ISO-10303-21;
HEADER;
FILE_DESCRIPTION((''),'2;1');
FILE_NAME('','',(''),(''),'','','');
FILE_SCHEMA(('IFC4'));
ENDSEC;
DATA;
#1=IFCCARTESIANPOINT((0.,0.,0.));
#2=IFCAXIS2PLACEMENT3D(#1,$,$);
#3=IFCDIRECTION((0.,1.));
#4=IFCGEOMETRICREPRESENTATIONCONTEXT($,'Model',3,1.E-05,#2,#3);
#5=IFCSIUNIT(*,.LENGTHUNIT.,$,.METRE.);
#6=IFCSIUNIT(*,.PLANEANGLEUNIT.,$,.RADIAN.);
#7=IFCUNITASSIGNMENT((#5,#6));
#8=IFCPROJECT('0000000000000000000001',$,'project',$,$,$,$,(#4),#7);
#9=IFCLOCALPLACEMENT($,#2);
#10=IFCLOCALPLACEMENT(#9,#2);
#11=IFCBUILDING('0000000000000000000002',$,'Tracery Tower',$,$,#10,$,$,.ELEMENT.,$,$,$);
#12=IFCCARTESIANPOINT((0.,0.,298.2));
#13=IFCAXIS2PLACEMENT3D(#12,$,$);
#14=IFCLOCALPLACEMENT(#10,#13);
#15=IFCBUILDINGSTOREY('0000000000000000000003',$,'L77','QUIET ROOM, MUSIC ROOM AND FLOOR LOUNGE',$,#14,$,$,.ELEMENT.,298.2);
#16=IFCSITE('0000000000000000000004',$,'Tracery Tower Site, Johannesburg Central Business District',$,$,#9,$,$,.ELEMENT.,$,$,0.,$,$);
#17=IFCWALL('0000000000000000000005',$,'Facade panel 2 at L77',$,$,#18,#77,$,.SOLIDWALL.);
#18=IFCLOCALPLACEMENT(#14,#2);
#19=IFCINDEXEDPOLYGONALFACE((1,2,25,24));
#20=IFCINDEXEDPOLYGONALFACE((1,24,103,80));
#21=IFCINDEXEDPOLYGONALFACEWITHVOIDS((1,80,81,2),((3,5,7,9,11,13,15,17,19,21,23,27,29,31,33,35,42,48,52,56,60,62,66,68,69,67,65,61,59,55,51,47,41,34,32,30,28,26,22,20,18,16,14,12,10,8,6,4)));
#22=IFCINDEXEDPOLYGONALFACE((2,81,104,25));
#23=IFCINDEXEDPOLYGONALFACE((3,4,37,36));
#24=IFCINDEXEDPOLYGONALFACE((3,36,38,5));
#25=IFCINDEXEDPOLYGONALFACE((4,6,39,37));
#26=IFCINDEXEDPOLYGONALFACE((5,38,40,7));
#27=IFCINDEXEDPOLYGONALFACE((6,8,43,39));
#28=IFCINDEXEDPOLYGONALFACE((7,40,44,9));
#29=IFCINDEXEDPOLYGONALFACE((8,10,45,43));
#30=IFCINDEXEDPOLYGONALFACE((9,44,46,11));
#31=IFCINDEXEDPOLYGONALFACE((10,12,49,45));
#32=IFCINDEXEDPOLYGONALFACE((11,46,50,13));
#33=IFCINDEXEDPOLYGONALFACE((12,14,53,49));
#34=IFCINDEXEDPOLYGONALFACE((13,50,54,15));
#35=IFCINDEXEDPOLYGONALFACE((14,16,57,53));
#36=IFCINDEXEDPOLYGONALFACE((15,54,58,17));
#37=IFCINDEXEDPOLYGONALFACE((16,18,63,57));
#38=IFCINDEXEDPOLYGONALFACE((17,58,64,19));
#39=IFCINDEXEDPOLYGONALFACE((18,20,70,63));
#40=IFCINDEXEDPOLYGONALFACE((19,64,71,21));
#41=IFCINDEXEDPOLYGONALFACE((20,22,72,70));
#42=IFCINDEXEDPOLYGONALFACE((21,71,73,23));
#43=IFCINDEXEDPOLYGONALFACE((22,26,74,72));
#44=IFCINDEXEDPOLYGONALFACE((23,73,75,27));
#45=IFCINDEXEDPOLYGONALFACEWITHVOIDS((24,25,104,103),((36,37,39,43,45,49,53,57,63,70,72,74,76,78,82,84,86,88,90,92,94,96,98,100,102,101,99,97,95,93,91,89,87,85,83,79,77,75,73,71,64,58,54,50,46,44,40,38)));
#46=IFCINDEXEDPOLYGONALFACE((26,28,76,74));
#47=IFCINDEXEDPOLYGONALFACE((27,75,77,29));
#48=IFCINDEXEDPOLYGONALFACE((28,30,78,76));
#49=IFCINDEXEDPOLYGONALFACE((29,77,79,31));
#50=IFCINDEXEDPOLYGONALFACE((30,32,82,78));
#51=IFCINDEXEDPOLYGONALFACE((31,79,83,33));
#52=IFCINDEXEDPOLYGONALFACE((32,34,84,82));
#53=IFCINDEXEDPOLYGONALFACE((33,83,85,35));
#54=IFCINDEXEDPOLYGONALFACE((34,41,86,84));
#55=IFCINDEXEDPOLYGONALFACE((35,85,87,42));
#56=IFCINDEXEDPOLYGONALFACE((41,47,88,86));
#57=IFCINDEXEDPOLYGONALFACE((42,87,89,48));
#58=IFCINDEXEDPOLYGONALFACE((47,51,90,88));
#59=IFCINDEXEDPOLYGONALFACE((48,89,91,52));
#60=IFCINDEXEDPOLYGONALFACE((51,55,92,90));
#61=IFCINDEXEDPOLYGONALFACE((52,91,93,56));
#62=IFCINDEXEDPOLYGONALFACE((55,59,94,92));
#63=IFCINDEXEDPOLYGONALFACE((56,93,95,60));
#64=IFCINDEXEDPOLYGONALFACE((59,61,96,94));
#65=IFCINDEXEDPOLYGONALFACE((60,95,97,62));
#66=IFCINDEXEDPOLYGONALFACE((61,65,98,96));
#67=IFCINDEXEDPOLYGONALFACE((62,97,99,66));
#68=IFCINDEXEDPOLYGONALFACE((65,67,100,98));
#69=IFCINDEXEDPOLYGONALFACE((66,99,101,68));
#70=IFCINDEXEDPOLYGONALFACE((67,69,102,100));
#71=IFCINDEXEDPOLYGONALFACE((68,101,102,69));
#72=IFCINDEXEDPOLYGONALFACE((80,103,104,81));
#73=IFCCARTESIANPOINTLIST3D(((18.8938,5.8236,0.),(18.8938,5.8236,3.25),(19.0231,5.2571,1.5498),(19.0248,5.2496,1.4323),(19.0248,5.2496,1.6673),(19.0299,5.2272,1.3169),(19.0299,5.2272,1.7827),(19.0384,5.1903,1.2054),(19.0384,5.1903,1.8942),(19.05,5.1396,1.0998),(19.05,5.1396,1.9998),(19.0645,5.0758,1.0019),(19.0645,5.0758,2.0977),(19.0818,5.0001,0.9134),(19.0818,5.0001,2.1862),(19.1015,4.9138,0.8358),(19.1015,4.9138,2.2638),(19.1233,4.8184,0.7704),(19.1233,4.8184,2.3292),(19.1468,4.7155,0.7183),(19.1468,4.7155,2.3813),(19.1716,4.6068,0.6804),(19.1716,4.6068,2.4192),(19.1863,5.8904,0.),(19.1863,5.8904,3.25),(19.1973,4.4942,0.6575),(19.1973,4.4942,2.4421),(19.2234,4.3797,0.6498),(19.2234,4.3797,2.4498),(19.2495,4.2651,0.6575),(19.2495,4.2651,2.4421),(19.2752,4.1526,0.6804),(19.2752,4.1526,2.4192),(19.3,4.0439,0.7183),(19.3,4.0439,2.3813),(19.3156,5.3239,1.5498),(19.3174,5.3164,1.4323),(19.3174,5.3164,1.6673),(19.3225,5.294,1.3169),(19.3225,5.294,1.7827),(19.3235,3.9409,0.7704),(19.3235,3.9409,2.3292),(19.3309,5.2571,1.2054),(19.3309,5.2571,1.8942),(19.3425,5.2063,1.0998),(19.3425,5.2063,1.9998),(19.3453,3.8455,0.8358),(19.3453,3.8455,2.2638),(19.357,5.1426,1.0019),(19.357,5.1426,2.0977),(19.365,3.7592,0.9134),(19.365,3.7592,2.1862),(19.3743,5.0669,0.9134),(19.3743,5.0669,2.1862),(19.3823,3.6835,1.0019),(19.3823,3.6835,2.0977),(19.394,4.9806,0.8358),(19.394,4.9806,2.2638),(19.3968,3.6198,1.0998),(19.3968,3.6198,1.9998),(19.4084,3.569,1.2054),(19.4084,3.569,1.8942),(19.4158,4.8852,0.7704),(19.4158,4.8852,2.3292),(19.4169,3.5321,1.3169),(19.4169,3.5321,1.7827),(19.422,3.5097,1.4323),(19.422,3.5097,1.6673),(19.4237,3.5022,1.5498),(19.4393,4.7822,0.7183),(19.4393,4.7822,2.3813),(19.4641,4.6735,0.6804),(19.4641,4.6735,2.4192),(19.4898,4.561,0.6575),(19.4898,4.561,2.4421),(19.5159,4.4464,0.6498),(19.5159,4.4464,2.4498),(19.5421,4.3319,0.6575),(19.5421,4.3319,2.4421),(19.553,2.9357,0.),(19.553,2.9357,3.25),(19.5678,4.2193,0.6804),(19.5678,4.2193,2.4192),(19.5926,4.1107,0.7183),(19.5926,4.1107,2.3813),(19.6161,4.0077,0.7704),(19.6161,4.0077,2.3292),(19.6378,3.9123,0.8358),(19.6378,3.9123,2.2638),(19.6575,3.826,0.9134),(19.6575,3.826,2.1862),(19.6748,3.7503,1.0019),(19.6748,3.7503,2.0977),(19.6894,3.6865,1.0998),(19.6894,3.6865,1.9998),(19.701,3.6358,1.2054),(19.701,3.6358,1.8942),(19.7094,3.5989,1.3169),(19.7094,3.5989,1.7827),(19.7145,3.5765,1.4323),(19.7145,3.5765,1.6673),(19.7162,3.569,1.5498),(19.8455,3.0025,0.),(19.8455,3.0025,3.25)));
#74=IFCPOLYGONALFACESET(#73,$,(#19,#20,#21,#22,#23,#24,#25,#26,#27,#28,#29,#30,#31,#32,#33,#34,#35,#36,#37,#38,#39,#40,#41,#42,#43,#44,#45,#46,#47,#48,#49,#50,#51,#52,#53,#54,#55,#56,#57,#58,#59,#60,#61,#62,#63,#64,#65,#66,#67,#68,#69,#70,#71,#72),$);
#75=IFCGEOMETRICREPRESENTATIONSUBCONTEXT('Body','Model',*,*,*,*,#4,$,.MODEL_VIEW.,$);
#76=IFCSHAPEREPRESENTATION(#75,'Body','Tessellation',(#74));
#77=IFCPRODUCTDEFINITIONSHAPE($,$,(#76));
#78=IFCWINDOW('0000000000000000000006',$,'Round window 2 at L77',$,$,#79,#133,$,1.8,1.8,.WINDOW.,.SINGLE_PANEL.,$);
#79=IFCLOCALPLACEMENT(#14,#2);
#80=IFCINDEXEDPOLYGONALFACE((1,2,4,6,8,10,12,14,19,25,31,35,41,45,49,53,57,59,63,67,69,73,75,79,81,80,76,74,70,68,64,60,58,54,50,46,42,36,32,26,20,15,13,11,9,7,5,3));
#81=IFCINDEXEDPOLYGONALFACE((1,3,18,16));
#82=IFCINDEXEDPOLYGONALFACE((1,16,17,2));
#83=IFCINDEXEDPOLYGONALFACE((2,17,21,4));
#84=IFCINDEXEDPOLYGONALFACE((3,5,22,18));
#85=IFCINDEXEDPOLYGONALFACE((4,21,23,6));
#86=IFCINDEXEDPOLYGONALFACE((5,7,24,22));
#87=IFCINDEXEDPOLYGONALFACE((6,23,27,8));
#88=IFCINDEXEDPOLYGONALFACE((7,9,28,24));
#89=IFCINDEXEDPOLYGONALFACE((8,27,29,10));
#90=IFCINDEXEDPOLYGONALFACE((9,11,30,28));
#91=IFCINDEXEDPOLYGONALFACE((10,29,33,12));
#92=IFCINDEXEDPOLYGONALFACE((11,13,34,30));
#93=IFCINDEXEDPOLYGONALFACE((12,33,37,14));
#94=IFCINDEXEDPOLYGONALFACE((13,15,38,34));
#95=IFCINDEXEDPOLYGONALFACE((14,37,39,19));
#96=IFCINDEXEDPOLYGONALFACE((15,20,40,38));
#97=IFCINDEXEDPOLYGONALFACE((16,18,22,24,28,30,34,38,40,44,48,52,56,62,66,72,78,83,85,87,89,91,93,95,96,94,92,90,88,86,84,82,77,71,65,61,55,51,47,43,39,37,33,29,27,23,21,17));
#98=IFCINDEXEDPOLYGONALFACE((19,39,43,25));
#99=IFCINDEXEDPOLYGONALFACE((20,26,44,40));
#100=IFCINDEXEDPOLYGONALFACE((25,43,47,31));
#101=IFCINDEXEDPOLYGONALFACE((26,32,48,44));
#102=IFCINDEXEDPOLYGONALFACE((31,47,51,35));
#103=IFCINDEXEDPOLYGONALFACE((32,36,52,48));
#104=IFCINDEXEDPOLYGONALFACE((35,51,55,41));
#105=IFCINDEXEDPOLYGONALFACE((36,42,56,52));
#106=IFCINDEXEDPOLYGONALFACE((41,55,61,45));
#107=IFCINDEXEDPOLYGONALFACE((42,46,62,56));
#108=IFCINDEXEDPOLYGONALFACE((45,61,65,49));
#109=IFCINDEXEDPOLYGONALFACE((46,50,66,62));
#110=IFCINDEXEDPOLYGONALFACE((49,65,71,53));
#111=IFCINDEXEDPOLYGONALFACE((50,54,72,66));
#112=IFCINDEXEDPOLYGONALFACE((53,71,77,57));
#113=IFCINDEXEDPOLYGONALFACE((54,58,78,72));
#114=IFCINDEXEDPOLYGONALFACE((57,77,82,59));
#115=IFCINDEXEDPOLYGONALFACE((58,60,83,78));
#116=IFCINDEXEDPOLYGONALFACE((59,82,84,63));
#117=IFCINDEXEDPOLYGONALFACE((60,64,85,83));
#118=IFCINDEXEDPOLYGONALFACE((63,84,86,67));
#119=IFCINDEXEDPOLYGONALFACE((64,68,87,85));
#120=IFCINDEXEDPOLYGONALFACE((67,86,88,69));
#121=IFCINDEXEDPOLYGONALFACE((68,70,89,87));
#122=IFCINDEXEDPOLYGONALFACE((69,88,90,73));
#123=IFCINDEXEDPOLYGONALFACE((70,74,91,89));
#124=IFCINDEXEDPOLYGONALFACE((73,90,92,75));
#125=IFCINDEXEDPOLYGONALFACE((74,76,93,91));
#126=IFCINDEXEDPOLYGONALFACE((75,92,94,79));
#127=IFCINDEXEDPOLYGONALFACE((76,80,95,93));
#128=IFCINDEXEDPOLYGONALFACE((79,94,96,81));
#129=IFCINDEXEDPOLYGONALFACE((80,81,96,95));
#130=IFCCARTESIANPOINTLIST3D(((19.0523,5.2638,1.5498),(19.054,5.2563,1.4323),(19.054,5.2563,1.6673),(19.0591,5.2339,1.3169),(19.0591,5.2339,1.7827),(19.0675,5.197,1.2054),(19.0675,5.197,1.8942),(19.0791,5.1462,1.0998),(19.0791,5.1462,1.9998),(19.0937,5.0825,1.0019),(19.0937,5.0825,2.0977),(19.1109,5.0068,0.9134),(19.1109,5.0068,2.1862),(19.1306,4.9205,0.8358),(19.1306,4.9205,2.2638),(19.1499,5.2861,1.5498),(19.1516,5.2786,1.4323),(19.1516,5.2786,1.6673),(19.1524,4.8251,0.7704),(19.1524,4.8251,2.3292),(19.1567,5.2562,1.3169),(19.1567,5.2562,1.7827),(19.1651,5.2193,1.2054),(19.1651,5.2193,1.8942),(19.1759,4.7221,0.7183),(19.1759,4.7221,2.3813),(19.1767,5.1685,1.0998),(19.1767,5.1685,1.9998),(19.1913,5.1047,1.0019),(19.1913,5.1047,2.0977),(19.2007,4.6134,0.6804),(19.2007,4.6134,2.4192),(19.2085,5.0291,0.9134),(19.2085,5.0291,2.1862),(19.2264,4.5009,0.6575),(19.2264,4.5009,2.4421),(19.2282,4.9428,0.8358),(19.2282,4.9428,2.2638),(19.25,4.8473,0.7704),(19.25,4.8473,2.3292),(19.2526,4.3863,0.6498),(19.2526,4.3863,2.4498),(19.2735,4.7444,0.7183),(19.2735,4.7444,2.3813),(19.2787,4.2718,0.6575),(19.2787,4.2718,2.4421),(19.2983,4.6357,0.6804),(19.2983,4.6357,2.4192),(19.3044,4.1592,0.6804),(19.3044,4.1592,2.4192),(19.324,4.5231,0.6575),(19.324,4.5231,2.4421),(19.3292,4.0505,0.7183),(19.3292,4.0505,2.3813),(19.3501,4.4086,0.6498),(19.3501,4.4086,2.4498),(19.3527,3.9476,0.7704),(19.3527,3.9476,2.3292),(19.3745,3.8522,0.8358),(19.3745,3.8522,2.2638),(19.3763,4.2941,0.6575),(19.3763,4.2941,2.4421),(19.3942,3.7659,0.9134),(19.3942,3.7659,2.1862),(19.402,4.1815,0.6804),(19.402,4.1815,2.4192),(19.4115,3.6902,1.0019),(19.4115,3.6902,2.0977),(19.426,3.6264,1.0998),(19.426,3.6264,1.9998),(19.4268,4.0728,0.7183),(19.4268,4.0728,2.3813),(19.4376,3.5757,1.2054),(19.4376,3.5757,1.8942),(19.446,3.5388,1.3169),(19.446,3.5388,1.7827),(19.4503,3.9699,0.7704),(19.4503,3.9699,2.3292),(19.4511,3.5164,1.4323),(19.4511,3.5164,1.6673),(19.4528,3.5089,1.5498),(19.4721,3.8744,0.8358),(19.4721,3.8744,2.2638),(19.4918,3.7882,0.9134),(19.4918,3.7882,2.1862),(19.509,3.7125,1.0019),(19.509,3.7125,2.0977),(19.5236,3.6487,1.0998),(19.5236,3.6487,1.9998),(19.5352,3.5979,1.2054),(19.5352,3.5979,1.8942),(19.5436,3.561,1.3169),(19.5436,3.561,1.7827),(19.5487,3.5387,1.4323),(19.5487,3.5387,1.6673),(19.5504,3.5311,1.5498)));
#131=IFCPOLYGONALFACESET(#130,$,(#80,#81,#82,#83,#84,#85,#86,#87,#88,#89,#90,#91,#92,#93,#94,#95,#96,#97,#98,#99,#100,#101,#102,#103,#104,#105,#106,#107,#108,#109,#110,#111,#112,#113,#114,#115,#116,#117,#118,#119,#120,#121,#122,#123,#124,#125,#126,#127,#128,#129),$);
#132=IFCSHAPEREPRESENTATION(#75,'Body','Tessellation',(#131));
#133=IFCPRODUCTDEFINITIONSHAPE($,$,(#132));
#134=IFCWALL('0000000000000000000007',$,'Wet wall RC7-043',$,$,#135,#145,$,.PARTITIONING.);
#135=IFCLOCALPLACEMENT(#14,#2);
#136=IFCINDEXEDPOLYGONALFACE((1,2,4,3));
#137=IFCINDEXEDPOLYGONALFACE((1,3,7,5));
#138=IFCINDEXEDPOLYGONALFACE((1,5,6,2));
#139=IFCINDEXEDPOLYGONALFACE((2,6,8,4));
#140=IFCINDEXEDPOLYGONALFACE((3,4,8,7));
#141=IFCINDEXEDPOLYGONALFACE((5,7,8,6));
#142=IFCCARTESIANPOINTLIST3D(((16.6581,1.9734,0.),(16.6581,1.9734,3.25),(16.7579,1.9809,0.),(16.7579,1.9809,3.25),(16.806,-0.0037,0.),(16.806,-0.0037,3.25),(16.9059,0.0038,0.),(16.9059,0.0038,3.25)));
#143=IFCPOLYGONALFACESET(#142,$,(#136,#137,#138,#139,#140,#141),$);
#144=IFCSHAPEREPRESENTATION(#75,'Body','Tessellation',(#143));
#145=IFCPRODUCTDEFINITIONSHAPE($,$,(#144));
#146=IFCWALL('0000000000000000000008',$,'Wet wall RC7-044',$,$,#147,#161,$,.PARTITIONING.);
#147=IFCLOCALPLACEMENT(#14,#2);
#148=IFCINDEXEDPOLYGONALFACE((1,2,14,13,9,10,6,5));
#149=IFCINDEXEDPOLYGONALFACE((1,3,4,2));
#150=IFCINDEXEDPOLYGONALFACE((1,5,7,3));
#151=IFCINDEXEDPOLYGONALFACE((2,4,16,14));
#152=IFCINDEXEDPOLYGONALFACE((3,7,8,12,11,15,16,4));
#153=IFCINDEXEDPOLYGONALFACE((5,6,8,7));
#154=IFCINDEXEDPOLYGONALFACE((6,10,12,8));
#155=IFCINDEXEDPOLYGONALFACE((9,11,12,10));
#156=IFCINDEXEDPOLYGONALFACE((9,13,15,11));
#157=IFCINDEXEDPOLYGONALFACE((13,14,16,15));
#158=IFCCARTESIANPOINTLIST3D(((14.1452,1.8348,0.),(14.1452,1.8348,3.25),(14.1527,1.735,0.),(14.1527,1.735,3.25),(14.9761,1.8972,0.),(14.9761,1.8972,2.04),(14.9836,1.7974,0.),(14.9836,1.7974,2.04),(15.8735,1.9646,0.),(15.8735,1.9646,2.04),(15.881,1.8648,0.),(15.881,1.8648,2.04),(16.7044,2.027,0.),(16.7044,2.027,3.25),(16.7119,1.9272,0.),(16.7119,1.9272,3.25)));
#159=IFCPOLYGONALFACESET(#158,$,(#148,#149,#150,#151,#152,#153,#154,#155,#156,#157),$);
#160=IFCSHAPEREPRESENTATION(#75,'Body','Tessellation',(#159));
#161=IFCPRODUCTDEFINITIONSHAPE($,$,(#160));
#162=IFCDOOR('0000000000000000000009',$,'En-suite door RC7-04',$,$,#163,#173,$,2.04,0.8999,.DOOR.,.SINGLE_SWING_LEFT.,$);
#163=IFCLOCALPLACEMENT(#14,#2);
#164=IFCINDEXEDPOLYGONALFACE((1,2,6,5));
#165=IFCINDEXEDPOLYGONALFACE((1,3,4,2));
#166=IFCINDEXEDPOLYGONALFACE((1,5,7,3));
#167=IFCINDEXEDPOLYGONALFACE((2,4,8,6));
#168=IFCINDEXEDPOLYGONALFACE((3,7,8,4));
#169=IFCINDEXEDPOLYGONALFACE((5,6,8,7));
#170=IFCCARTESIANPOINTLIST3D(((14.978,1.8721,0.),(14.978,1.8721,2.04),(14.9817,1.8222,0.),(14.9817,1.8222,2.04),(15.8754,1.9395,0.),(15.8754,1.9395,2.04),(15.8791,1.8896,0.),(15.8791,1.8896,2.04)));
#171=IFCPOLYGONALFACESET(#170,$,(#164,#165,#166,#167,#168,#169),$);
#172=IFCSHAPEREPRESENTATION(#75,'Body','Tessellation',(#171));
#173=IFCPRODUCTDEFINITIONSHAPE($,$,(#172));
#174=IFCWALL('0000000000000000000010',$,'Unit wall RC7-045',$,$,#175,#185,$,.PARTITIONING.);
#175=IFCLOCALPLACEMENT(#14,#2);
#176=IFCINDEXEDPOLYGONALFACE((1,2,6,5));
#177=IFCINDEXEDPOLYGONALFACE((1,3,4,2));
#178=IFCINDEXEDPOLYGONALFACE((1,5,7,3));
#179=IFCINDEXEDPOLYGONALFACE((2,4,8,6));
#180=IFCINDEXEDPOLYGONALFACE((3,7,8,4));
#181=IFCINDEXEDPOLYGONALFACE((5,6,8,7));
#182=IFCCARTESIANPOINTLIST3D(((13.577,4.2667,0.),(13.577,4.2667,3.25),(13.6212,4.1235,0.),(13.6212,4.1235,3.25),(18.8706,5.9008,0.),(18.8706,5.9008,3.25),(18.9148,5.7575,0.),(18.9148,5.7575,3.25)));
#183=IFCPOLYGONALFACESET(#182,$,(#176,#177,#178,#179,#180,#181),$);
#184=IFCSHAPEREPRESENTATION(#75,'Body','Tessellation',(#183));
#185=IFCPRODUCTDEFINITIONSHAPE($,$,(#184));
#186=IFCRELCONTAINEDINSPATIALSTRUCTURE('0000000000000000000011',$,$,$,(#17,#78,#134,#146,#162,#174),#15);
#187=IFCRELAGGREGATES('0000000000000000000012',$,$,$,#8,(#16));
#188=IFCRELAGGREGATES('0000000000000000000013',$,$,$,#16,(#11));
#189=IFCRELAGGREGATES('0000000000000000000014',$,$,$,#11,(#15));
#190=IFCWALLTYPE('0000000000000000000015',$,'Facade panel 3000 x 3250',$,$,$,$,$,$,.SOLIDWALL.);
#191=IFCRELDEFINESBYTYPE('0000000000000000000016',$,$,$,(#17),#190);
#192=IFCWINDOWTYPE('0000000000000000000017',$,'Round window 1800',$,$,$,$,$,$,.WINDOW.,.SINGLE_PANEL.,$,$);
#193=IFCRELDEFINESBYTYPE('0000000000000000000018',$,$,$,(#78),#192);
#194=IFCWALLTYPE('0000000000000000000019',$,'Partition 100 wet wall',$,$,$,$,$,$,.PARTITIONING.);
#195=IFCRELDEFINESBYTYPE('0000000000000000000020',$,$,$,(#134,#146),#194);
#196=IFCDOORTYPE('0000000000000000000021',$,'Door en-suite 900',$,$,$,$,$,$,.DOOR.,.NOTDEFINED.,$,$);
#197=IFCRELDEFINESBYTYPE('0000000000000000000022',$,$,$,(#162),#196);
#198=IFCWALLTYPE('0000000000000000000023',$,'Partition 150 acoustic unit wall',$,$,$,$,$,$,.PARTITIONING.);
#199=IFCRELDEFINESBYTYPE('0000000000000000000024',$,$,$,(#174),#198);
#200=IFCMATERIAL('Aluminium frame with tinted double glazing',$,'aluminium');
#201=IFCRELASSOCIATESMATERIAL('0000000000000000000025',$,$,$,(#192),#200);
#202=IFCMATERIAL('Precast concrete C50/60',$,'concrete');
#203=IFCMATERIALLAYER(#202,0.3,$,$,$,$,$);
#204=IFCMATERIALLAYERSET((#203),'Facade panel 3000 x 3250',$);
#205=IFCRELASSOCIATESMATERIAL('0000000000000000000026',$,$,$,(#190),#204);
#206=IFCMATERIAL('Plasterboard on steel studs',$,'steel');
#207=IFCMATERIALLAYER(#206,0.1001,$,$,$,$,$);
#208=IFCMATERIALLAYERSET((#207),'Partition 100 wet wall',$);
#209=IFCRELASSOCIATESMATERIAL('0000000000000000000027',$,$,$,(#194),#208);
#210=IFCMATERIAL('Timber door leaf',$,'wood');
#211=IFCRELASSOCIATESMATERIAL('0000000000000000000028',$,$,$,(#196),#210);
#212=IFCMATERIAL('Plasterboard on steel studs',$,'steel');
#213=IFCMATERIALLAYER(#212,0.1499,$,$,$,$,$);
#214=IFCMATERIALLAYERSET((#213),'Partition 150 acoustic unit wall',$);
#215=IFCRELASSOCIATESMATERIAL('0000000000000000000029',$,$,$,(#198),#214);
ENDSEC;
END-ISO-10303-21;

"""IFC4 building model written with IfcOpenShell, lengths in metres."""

from ifc_helpers import new_model, si_unit, direction, frame, frame_2d, origin, origin_2d, place, context, subcontext, project, spatial, rectangle, circle, extrude, material, layer, layer_set, type_object, element, fill, save


model = new_model("IFC4")

# Units and contexts
model_context = context("Model", 3, precision=1e-05, world=origin(), true_north=direction((0.0, 1.0)))
body_context = subcontext(model_context, "Body", "Model", "MODEL_VIEW")
ifc_project = project(units=[si_unit("LENGTHUNIT", "METRE"), si_unit("PLANEANGLEUNIT", "RADIAN")], contexts=[model_context])

# Site, building, storey
site_placement = place(None, origin())
site = spatial("IfcSite", under=ifc_project, at=site_placement, Name="Tracery Tower Site, Johannesburg Central Business District", CompositionType="ELEMENT", RefElevation=0.0)
building_placement = place(site_placement, origin())
building = spatial("IfcBuilding", under=site, at=building_placement, Name="Tracery Tower", CompositionType="ELEMENT")
storey_placement = place(building_placement, frame((0.0, 0.0, 298.2)))
storey = spatial("IfcBuildingStorey", under=building, at=storey_placement, Name="L77", Description="QUIET ROOM, MUSIC ROOM AND FLOOR LOUNGE", CompositionType="ELEMENT", Elevation=298.2)

# Wall, opening, window
ifc_material_1 = material(Name="Aluminium frame with tinted double glazing", Category="aluminium")
window_type = type_object("IfcWindowType", Name="Round window 1800", PartitioningType="SINGLE_PANEL", PredefinedType="WINDOW", material=ifc_material_1)
ifc_material_2 = material(Name="Precast concrete C50/60", Category="concrete")
ifc_layer_1 = layer(ifc_material_2, 0.3)
ifc_layer_set_1 = layer_set([ifc_layer_1], Name="Facade panel 3000 x 3250")
wall_type_1 = type_object("IfcWallType", Name="Facade panel 3000 x 3250", PredefinedType="SOLIDWALL", material=ifc_layer_set_1)
wall_1_placement = place(storey_placement, frame((19.6992, 2.9692, 0.0), z_axis=(0.0, 0.0, 1.0), x_axis=(-0.222529, 0.974926, 0.0)))
wall_1 = element("IfcWall", 1, at=wall_1_placement, inside=storey, type_object=wall_type_1, Name="Facade panel 2 at L77", PredefinedType="SOLIDWALL", context=body_context, shape_type="SweptSolid", body=[
    extrude(rectangle(XDim=2.9622, YDim=0.3, at=frame_2d((1.481, 0.0))), origin(), (0.0, 0.0, 1.0), 3.25),
])
opening_1_placement = place(wall_1_placement, frame((1.481, 0.0, 1.5498)))
opening_1 = element("IfcOpeningElement", 2, at=opening_1_placement, cuts=wall_1, PredefinedType="OPENING", context=body_context, shape_type="SweptSolid", body=[
    extrude(circle(Radius=0.9, at=origin_2d()), frame((0.0, 0.1599, 0.0), z_axis=(0.0, -1.0, 0.0), x_axis=(1.0, 0.0, 0.0)), (0.0, 0.0, 1.0), 0.3201),
])
window_1_placement = place(opening_1_placement, origin())
window_1 = element("IfcWindow", 3, at=window_1_placement, inside=storey, type_object=window_type, Name="Round window 2 at L77", OverallHeight=1.8, OverallWidth=1.8, PartitioningType="SINGLE_PANEL", PredefinedType="WINDOW", context=body_context, shape_type="SweptSolid", body=[
    extrude(circle(Radius=0.9, at=origin_2d()), frame((0.0, 0.1201, 0.0), z_axis=(0.0, -1.0, 0.0), x_axis=(1.0, 0.0, 0.0)), (0.0, 0.0, 1.0), 0.1001),
])
fill(opening_1, window_1)

# Wall
ifc_material_3 = material(Name="Plasterboard on steel studs", Category="steel")
ifc_layer_2 = layer(ifc_material_3, 0.1001)
ifc_layer_set_2 = layer_set([ifc_layer_2], Name="Partition 100 wet wall")
wall_type_2 = type_object("IfcWallType", Name="Partition 100 wet wall", PredefinedType="PARTITIONING", material=ifc_layer_set_2)
wall_2_placement = place(storey_placement, frame((16.708, 1.9771, 0.0), z_axis=(0.0, 0.0, 1.0), x_axis=(0.074625, -0.997212, 0.0)))
element("IfcWall", 4, at=wall_2_placement, inside=storey, type_object=wall_type_2, Name="Wet wall RC7-043", PredefinedType="PARTITIONING", context=body_context, shape_type="SweptSolid", body=[
    extrude(rectangle(XDim=1.9827, YDim=0.1001, at=frame_2d((0.9912, 0.0))), origin(), (0.0, 0.0, 1.0), 3.25),
])

# Wall, opening, door
wall_3_placement = place(storey_placement, frame((14.1489, 1.7849, 0.0), z_axis=(0.0, 0.0, 1.0), x_axis=(0.997193, 0.07487, 0.0)))
wall_3 = element("IfcWall", 5, at=wall_3_placement, inside=storey, type_object=wall_type_2, Name="Wet wall RC7-044", PredefinedType="PARTITIONING", context=body_context, shape_type="SweptSolid", body=[
    extrude(rectangle(XDim=2.5664, YDim=0.1001, at=frame_2d((1.2832, 0.0))), origin(), (0.0, 0.0, 1.0), 3.25),
])
opening_2_placement = place(wall_3_placement, frame((0.8333, 0.0, 0.0)))
opening_2 = element("IfcOpeningElement", 6, at=opening_2_placement, cuts=wall_3, PredefinedType="OPENING", context=body_context, shape_type="SweptSolid", body=[
    extrude(rectangle(XDim=0.8999, YDim=2.04, at=frame_2d((0.45, 1.02))), frame((0.0, 0.05, 0.0), z_axis=(0.0, -1.0, 0.0), x_axis=(1.0, 0.0, 0.0)), (0.0, 0.0, 1.0), 0.1001),
])
ifc_material_4 = material(Name="Timber door leaf", Category="wood")
door_type_1 = type_object("IfcDoorType", Name="Door en-suite 900", OperationType="NOTDEFINED", PredefinedType="DOOR", material=ifc_material_4)
door_1_placement = place(opening_2_placement, origin())
door_1 = element("IfcDoor", 7, at=door_1_placement, inside=storey, type_object=door_type_1, Name="En-suite door RC7-04", OperationType="SINGLE_SWING_LEFT", OverallHeight=2.04, OverallWidth=0.8999, PredefinedType="DOOR", context=body_context, shape_type="SweptSolid", body=[
    extrude(rectangle(XDim=0.8999, YDim=2.04, at=frame_2d((0.45, 1.02))), frame((0.0, 0.0249, 0.0), z_axis=(0.0, -1.0, 0.0), x_axis=(1.0, 0.0, 0.0)), (0.0, 0.0, 1.0), 0.05),
])
fill(opening_2, door_1)

# Wall
ifc_material_5 = material(Name="Plasterboard on steel studs", Category="steel")
ifc_layer_3 = layer(ifc_material_5, 0.1499)
ifc_layer_set_3 = layer_set([ifc_layer_3], Name="Partition 150 acoustic unit wall")
wall_type_3 = type_object("IfcWallType", Name="Partition 150 acoustic unit wall", PredefinedType="PARTITIONING", material=ifc_layer_set_3)
wall_4_placement = place(storey_placement, frame((13.5991, 4.1951, 0.0), z_axis=(0.0, 0.0, 1.0), x_axis=(0.955511, 0.294956, 0.0)))
element("IfcWall", 8, at=wall_4_placement, inside=storey, type_object=wall_type_3, Name="Unit wall RC7-045", PredefinedType="PARTITIONING", context=body_context, shape_type="SweptSolid", body=[
    extrude(rectangle(XDim=5.54, YDim=0.1499, at=frame_2d((2.77, 0.0))), origin(), (0.0, 0.0, 1.0), 3.25),
])

save(model, "model.ifc")
